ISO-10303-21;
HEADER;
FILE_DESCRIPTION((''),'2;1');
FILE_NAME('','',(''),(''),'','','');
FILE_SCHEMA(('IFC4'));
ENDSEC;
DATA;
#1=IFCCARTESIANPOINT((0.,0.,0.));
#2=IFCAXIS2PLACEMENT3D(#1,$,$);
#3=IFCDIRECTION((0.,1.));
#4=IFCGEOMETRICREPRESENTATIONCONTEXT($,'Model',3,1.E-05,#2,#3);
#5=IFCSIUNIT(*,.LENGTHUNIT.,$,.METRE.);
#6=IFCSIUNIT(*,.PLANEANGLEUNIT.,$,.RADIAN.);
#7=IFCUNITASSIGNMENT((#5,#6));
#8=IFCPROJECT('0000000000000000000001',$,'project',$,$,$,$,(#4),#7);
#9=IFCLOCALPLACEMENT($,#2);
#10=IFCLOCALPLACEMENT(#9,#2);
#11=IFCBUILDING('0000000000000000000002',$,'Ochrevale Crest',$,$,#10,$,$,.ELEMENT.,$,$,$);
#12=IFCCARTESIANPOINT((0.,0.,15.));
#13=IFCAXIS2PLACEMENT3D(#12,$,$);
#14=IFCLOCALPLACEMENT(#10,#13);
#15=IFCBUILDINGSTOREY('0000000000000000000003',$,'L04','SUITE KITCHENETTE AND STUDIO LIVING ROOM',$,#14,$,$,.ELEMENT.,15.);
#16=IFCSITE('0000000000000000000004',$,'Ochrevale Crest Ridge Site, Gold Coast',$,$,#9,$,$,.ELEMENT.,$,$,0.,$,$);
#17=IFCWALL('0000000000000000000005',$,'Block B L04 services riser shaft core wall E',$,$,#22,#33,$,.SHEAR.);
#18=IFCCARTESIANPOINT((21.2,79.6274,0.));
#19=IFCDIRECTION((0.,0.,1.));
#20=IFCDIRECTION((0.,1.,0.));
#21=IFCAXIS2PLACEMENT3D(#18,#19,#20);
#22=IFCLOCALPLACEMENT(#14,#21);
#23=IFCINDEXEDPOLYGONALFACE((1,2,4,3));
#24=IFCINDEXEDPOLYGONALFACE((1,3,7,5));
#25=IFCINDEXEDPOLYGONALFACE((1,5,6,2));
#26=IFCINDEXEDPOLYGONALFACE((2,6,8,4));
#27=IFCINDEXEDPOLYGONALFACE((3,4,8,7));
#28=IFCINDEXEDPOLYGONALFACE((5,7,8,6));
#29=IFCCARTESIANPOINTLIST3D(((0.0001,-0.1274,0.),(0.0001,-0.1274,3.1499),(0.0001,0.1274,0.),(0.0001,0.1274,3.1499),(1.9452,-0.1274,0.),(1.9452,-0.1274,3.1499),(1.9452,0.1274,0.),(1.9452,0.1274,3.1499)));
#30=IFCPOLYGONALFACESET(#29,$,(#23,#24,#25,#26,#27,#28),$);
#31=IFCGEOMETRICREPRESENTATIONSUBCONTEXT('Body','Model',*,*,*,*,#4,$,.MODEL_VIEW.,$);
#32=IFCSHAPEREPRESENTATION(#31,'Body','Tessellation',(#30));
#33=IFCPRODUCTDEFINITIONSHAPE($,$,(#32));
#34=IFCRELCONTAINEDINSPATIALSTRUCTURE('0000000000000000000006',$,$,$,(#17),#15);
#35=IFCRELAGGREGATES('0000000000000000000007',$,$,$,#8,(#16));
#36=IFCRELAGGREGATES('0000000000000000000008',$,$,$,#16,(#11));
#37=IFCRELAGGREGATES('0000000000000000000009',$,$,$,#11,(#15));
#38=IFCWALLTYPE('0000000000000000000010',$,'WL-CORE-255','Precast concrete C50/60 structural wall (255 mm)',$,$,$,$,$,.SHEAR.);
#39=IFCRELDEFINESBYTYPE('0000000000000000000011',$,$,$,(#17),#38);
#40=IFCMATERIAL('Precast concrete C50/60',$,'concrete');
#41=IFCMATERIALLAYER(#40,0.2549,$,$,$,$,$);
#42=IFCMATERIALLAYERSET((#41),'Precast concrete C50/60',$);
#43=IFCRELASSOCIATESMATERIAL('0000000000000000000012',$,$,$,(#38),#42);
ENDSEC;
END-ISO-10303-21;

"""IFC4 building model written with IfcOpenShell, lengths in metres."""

from ifc_helpers import new_model, si_unit, direction, frame, frame_2d, origin, place, context, subcontext, project, spatial, rectangle, extrude, material, layer, layer_set, type_object, element, save


model = new_model("IFC4")

# Units and contexts
model_context = context("Model", 3, precision=1e-05, world=origin(), true_north=direction((0.0, 1.0)))
body_context = subcontext(model_context, "Body", "Model", "MODEL_VIEW")
ifc_project = project(units=[si_unit("LENGTHUNIT", "METRE"), si_unit("PLANEANGLEUNIT", "RADIAN")], contexts=[model_context])

# Site, building, storey
site_placement = place(None, origin())
site = spatial("IfcSite", under=ifc_project, at=site_placement, Name="Ochrevale Crest Ridge Site, Gold Coast", CompositionType="ELEMENT", RefElevation=0.0)
building_placement = place(site_placement, origin())
building = spatial("IfcBuilding", under=site, at=building_placement, Name="Ochrevale Crest", CompositionType="ELEMENT")
storey_placement = place(building_placement, frame((0.0, 0.0, 15.0)))
storey = spatial("IfcBuildingStorey", under=building, at=storey_placement, Name="L04", Description="SUITE KITCHENETTE AND STUDIO LIVING ROOM", CompositionType="ELEMENT", Elevation=15.0)

# Shared definitions
ifc_material_1 = material(Name="Precast concrete C50/60", Category="concrete")

# Shared definitions
ifc_layer_1 = layer(ifc_material_1, 0.2549)
ifc_layer_set_1 = layer_set([ifc_layer_1], Name="Precast concrete C50/60")
wall_type_1 = type_object("IfcWallType", Name="WL-CORE-255", Description="Precast concrete C50/60 structural wall (255 mm)", PredefinedType="SHEAR", material=ifc_layer_set_1)

# Wall
wall_1_placement = place(storey_placement, frame((21.2, 79.6274, 0.0), z_axis=(0.0, 0.0, 1.0), x_axis=(0.0, 1.0, 0.0)))
element("IfcWall", 1, at=wall_1_placement, inside=storey, type_object=wall_type_1, Name="Block B L04 services riser shaft core wall E", PredefinedType="SHEAR", context=body_context, shape_type="SweptSolid", body=[
    extrude(rectangle(XDim=1.9451, YDim=0.2549, at=frame_2d((0.9727, 0.0))), origin(), (0.0, 0.0, 1.0), 3.1499),
])

save(model, "model.ifc")
